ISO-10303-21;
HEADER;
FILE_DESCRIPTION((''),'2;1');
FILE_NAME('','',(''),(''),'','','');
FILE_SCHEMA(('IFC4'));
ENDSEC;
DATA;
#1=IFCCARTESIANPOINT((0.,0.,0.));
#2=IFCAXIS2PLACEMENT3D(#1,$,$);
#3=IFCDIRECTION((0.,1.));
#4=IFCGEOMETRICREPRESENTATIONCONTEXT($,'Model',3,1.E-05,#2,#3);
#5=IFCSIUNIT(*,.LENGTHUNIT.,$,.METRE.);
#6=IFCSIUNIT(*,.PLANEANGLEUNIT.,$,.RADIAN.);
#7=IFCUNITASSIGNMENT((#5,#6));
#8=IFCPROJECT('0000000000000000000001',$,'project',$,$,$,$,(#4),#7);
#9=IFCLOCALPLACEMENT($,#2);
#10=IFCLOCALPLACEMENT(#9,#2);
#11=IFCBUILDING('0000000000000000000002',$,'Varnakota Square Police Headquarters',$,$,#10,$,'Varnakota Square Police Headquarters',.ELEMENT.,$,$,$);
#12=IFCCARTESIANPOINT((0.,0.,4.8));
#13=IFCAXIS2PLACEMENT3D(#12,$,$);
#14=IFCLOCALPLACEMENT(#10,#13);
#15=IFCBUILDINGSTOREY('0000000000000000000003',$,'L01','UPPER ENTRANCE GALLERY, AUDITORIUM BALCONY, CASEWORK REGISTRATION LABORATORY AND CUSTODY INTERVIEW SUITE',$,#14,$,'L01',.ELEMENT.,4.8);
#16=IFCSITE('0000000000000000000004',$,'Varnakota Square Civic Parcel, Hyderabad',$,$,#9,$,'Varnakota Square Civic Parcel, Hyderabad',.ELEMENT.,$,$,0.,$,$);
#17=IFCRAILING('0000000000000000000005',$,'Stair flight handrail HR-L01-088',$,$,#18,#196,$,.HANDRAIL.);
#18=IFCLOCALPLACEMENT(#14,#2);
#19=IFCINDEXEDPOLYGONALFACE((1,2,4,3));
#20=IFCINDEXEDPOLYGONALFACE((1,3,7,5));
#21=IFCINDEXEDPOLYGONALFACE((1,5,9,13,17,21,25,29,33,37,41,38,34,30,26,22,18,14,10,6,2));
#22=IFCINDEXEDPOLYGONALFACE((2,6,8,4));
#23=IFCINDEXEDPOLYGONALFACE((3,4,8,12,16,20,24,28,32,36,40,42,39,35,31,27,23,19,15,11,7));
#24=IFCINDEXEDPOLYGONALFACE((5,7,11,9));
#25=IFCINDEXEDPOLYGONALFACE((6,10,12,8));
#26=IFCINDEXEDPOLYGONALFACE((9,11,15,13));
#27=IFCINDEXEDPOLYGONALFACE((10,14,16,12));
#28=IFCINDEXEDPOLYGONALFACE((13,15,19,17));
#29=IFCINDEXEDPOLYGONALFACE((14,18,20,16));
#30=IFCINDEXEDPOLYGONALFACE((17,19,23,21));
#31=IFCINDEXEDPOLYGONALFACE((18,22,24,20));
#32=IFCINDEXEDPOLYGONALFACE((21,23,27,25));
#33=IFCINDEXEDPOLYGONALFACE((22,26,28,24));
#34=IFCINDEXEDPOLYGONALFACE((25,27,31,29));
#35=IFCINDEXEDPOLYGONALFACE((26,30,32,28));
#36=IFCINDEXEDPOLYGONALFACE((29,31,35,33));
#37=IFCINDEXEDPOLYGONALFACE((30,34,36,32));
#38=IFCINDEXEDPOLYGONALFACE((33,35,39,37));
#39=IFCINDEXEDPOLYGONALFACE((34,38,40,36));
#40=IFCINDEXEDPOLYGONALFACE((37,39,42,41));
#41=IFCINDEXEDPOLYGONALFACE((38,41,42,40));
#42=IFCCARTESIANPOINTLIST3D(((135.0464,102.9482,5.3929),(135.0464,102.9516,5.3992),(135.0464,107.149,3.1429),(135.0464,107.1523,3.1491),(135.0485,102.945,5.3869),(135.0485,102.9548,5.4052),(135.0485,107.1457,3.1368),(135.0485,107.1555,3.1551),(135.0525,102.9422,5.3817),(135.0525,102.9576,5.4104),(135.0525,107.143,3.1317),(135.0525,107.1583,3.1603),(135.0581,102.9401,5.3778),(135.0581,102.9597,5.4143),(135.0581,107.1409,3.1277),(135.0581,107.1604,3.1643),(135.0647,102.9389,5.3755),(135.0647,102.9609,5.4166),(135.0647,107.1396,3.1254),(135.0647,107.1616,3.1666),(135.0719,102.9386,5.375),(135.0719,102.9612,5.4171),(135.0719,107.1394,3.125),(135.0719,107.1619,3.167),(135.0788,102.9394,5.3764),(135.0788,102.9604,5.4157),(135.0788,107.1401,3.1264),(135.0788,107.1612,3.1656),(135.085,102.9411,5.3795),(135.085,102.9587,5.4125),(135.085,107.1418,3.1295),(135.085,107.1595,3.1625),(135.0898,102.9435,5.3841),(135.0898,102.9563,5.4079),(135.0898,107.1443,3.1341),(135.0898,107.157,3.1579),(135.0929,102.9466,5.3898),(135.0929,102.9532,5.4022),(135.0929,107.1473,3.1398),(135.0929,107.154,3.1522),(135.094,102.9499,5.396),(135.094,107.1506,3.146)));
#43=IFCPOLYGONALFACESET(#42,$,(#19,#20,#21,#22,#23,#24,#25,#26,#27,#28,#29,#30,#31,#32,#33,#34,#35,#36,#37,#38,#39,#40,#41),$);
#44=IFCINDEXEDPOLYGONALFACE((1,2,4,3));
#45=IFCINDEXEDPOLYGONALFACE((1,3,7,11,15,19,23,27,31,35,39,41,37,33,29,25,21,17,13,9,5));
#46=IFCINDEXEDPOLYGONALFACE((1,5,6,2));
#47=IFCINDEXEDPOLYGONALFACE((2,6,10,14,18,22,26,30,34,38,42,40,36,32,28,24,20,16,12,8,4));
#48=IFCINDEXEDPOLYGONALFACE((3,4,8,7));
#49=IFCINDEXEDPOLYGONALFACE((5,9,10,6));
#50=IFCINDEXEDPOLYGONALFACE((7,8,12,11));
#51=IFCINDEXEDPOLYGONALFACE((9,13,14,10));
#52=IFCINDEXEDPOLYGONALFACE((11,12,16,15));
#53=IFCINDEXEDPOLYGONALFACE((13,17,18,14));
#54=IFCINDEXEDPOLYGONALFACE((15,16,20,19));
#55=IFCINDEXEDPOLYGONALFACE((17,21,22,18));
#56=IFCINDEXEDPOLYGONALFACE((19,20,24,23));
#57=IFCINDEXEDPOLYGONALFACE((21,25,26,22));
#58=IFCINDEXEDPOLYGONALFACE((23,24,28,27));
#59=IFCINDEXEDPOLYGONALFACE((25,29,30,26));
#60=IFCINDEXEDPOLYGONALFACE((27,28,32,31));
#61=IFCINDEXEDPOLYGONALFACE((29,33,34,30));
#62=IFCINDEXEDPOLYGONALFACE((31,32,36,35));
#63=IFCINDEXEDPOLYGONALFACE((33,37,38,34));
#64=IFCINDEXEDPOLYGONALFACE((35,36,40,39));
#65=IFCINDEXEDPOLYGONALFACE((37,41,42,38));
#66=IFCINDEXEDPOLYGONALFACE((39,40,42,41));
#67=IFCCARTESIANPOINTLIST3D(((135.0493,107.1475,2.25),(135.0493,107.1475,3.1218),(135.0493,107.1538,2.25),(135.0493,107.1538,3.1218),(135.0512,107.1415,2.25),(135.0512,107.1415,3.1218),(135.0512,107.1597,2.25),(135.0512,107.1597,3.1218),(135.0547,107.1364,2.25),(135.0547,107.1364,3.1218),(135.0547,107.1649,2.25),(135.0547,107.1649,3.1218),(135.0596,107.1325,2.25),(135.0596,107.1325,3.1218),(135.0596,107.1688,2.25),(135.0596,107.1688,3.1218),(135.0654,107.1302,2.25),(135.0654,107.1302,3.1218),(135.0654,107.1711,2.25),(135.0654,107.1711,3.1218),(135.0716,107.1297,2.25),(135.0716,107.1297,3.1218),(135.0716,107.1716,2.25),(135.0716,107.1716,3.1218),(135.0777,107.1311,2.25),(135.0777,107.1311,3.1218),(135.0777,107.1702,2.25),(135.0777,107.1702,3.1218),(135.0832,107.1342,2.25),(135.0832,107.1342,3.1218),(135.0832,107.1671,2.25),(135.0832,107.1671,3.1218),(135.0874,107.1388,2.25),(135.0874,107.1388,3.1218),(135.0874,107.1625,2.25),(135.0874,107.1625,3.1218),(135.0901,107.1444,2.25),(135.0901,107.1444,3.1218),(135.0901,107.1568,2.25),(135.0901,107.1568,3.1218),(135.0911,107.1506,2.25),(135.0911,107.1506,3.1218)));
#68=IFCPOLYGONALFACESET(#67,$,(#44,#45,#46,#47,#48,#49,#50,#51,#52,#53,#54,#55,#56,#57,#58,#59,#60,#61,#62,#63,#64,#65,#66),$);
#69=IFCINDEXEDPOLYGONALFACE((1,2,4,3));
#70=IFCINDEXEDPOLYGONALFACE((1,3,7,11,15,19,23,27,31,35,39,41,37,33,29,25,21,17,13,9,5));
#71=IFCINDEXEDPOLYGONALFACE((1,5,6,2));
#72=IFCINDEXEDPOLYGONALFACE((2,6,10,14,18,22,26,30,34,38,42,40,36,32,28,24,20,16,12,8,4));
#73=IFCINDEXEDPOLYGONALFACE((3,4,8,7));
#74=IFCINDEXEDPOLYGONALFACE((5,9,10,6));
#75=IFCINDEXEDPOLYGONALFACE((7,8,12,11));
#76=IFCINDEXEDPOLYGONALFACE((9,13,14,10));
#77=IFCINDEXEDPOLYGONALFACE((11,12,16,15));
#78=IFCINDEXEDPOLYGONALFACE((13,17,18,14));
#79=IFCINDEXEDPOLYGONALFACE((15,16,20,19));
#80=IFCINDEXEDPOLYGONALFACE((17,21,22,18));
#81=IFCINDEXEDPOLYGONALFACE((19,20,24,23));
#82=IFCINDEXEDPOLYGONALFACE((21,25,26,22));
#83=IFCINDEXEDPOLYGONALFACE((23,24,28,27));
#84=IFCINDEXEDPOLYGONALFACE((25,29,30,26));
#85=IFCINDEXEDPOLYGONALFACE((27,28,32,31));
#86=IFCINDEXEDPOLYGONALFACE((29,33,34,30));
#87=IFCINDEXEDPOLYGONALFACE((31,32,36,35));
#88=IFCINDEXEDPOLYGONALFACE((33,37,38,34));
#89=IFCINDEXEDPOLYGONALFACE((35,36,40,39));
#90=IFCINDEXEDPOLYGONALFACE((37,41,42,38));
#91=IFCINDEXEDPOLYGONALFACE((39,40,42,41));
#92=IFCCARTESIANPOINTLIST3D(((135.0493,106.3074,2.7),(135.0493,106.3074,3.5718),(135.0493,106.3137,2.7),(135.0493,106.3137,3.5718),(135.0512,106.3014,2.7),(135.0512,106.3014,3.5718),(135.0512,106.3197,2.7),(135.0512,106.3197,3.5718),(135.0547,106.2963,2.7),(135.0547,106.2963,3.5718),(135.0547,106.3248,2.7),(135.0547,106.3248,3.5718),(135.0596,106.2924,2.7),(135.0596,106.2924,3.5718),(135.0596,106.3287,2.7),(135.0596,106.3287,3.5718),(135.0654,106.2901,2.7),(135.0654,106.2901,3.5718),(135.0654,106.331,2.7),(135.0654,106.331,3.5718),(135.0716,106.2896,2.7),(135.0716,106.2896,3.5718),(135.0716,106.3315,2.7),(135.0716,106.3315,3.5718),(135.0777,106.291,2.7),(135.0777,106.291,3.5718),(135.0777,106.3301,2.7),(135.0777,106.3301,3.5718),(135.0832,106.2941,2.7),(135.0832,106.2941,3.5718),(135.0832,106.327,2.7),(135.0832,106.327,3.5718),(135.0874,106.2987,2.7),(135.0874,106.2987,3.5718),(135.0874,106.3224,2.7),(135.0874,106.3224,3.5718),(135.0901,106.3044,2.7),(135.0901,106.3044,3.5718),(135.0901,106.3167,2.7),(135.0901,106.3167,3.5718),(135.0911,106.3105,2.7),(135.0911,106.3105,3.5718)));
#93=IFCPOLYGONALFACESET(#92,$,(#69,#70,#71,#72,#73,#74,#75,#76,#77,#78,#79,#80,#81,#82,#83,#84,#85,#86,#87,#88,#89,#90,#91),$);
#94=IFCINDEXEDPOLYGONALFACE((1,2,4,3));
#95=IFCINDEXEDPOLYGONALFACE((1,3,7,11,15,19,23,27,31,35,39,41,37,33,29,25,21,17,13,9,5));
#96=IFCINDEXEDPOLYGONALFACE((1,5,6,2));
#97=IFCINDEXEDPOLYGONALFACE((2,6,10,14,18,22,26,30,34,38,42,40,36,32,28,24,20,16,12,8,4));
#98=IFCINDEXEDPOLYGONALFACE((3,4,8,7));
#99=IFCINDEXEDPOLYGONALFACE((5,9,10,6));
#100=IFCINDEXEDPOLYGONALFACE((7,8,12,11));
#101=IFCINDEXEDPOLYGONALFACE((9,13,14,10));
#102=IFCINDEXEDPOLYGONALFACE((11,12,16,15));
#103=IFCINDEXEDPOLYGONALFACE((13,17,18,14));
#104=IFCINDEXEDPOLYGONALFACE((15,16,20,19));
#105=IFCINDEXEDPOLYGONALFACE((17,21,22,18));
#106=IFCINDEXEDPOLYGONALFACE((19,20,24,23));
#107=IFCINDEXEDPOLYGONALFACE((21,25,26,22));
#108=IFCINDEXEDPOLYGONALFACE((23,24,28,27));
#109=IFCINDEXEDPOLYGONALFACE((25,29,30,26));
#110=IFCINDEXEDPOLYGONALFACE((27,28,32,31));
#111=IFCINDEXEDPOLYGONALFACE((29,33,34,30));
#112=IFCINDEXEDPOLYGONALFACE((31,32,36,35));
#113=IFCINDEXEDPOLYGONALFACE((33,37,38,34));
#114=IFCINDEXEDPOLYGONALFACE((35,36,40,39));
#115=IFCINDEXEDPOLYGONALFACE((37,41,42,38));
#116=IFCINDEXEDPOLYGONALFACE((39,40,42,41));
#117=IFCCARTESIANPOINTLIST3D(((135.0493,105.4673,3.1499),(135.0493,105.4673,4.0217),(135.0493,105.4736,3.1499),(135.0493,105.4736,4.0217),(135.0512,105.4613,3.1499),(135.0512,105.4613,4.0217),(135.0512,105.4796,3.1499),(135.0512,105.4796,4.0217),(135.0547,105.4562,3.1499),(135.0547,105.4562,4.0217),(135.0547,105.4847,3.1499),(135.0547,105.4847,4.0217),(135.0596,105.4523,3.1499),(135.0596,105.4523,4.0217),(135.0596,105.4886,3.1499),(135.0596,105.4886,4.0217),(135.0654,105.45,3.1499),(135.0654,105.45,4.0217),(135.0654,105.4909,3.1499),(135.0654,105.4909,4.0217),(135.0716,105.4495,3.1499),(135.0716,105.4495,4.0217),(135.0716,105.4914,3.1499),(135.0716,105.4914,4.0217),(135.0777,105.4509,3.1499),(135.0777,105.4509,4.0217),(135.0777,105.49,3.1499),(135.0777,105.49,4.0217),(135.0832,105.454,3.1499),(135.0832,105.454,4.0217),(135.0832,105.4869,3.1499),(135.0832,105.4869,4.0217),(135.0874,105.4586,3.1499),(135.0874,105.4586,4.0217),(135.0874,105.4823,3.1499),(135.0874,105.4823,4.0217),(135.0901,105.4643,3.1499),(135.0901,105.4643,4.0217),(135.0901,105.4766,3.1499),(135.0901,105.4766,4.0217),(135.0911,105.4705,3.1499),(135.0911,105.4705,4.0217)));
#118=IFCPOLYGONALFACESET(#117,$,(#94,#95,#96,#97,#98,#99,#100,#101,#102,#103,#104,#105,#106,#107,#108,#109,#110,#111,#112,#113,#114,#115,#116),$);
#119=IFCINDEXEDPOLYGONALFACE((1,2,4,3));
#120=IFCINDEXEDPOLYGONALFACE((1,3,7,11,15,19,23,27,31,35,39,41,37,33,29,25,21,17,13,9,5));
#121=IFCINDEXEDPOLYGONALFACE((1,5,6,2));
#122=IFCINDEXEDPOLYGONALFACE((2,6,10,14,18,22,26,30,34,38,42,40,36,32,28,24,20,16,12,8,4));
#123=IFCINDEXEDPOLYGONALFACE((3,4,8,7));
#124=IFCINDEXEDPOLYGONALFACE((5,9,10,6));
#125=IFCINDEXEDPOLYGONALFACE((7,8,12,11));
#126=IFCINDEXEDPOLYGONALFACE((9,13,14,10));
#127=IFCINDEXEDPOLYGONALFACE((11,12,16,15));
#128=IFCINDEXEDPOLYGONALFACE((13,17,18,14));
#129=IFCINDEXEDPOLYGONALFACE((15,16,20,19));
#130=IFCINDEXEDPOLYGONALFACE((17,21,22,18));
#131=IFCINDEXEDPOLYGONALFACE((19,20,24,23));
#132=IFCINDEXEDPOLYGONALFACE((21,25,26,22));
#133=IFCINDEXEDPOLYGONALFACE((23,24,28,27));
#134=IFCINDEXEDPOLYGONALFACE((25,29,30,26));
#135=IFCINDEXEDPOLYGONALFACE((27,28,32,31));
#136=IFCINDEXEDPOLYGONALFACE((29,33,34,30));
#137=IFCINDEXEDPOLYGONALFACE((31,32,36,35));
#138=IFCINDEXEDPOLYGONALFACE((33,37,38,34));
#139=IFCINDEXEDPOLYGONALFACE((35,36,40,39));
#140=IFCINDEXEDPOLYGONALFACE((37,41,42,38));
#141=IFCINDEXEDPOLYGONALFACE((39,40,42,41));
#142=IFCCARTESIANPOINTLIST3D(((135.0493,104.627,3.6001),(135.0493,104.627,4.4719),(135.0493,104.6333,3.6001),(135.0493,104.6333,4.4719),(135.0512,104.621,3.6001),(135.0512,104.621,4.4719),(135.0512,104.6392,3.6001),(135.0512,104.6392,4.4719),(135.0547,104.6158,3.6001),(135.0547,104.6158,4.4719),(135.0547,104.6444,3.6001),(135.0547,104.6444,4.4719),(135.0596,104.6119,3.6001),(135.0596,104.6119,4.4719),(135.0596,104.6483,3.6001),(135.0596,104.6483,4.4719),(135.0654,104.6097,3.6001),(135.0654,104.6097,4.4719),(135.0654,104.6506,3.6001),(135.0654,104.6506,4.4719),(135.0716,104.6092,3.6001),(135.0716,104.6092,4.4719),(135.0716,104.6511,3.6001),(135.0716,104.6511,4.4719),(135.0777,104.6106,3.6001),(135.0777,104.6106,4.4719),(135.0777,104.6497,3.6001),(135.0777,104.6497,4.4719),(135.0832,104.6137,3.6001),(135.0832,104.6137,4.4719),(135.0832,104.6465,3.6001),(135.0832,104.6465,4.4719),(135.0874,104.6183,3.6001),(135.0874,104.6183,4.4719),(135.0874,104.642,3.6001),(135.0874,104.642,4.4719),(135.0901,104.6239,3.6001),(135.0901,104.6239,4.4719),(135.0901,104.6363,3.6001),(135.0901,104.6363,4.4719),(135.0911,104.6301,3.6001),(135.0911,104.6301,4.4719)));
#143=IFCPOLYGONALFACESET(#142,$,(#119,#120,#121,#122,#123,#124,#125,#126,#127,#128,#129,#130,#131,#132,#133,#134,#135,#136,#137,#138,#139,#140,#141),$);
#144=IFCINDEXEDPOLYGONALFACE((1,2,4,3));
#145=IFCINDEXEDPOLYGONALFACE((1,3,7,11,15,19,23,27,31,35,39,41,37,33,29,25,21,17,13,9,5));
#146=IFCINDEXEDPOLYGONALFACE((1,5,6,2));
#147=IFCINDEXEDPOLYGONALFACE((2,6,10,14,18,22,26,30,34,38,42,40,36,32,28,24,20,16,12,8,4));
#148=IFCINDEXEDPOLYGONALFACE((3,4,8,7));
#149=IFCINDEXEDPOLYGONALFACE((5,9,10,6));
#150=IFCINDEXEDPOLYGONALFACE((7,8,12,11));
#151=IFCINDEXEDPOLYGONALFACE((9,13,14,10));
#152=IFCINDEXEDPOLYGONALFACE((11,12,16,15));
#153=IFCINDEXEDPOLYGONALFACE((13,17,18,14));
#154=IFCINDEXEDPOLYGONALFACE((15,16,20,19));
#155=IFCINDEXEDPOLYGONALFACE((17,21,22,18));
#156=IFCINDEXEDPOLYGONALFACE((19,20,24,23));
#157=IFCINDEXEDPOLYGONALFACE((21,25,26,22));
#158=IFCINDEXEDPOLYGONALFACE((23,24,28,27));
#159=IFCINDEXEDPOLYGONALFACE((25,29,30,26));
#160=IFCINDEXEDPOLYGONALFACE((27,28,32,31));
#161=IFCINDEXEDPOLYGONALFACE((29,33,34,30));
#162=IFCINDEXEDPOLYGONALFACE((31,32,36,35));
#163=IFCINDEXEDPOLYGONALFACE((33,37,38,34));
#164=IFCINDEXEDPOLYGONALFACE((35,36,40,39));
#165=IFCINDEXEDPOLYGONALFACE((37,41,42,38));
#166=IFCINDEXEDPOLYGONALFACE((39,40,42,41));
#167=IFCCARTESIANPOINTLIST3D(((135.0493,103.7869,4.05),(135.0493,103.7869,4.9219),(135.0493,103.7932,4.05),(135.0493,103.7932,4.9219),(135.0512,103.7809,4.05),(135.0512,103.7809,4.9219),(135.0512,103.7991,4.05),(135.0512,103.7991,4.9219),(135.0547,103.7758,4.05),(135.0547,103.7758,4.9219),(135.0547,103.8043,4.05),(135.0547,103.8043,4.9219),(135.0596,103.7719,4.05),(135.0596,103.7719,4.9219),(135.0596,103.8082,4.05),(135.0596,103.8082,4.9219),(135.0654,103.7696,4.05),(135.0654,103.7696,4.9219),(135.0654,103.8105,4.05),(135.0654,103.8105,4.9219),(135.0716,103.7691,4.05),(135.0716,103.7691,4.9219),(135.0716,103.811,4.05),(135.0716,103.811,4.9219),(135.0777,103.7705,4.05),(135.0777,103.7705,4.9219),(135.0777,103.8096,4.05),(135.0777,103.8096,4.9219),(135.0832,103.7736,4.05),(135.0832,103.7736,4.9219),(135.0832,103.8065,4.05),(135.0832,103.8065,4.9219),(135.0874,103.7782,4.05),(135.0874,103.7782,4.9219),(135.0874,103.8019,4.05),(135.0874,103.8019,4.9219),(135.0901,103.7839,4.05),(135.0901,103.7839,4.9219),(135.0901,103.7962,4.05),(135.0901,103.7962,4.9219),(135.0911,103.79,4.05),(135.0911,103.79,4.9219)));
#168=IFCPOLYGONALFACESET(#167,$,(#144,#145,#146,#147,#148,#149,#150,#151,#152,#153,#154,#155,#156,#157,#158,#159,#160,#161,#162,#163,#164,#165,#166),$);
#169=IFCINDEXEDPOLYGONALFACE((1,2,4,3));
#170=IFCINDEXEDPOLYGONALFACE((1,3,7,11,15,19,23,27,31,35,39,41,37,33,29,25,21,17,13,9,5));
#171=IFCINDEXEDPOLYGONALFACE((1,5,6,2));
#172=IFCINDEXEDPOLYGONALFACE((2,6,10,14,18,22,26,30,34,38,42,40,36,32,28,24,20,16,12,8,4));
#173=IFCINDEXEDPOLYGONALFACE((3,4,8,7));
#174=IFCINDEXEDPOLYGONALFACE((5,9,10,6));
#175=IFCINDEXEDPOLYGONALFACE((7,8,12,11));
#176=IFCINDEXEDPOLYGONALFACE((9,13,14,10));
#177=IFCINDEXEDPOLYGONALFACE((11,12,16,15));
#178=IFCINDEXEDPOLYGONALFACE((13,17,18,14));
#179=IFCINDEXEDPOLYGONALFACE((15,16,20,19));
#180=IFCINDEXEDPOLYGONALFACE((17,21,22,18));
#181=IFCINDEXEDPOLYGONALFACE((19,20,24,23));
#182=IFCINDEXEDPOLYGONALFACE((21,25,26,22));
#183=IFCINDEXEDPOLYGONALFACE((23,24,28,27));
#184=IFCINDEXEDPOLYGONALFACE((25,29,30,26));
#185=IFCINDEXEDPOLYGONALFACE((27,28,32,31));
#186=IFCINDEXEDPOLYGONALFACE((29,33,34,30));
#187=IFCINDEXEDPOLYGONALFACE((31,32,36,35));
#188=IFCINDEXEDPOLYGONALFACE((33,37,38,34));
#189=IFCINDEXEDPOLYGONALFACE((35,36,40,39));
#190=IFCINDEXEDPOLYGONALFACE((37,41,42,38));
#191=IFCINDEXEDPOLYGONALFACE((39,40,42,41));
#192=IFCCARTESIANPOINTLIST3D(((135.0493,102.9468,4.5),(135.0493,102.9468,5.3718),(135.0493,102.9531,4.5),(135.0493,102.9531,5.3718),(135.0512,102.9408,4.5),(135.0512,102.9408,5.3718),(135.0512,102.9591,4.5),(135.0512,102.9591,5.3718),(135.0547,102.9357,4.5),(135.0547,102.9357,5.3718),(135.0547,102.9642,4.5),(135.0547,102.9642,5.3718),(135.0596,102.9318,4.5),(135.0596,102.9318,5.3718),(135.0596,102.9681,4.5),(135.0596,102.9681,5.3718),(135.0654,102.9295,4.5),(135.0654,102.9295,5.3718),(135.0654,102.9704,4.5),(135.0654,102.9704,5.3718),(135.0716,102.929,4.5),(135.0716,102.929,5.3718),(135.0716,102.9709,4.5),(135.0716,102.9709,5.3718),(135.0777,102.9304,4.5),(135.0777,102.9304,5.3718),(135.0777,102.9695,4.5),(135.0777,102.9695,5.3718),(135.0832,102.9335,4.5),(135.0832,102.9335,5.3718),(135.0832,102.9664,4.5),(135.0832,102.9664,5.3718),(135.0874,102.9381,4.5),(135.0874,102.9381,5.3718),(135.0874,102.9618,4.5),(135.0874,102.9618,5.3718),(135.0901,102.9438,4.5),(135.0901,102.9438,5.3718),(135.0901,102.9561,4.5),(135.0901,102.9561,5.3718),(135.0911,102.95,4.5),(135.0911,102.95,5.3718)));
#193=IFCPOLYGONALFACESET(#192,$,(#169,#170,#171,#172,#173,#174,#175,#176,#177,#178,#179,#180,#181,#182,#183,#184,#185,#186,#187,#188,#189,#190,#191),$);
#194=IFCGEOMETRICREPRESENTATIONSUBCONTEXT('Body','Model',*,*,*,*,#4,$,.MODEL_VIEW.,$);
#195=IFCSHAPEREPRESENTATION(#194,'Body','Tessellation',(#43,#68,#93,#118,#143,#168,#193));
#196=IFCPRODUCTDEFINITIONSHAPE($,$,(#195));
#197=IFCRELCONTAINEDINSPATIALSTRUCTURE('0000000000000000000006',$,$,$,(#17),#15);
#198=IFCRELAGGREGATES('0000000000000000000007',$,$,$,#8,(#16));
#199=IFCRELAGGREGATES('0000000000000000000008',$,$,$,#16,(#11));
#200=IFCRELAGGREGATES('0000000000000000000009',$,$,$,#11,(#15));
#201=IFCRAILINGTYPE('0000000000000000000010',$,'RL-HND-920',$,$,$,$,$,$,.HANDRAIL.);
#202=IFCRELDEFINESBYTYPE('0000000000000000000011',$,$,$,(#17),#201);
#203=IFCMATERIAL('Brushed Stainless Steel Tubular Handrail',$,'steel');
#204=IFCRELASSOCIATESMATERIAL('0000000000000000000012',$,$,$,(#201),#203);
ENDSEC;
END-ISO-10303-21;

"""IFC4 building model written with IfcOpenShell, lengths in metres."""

from ifc_helpers import new_model, si_unit, direction, frame, origin, origin_2d, place, context, subcontext, project, spatial, circle, extrude, material, type_object, element, save


model = new_model("IFC4")

# Units and contexts
model_context = context("Model", 3, precision=1e-05, world=origin(), true_north=direction((0.0, 1.0)))
body_context = subcontext(model_context, "Body", "Model", "MODEL_VIEW")
ifc_project = project(units=[si_unit("LENGTHUNIT", "METRE"), si_unit("PLANEANGLEUNIT", "RADIAN")], contexts=[model_context])

# Site, building, storey
site_placement = place(None, origin())
site = spatial("IfcSite", under=ifc_project, at=site_placement, Name="Varnakota Square Civic Parcel, Hyderabad", LongName="Varnakota Square Civic Parcel, Hyderabad", CompositionType="ELEMENT", RefElevation=0.0)
building_placement = place(site_placement, origin())
building = spatial("IfcBuilding", under=site, at=building_placement, Name="Varnakota Square Police Headquarters", LongName="Varnakota Square Police Headquarters", CompositionType="ELEMENT")
storey_placement = place(building_placement, frame((0.0, 0.0, 4.8)))
storey = spatial("IfcBuildingStorey", under=building, at=storey_placement, Name="L01", Description="UPPER ENTRANCE GALLERY, AUDITORIUM BALCONY, CASEWORK REGISTRATION LABORATORY AND CUSTODY INTERVIEW SUITE", LongName="L01", CompositionType="ELEMENT", Elevation=4.8)

# Railing
ifc_material_1 = material(Name="Brushed Stainless Steel Tubular Handrail", Category="steel")
railing_type_1 = type_object("IfcRailingType", Name="RL-HND-920", PredefinedType="HANDRAIL", material=ifc_material_1)
railing_1_placement = place(storey_placement, frame((135.0701, 107.1506, 2.25)))
element("IfcRailing", 1, at=railing_1_placement, inside=storey, type_object=railing_type_1, Name="Stair flight handrail HR-L01-088", PredefinedType="HANDRAIL", context=body_context, shape_type="SweptSolid", body=[
    extrude(circle(Radius=0.0239, at=origin_2d()), frame((0.0, 0.0, 0.896), z_axis=(0.0, -0.881512, 0.472162), x_axis=(1.0, 0.0, 0.0)), (0.0, 0.0, 1.0), 4.7654),
    extrude(circle(Radius=0.021, at=origin_2d()), origin(), (0.0, 0.0, 1.0), 0.8718),
    extrude(circle(Radius=0.021, at=origin_2d()), frame((0.0, -0.8401, 0.45)), (0.0, 0.0, 1.0), 0.8718),
    extrude(circle(Radius=0.021, at=origin_2d()), frame((0.0, -1.6802, 0.8999)), (0.0, 0.0, 1.0), 0.8718),
    extrude(circle(Radius=0.021, at=origin_2d()), frame((0.0, -2.5205, 1.3501)), (0.0, 0.0, 1.0), 0.8718),
    extrude(circle(Radius=0.021, at=origin_2d()), frame((0.0, -3.3606, 1.8)), (0.0, 0.0, 1.0), 0.8718),
    extrude(circle(Radius=0.021, at=origin_2d()), frame((0.0, -4.2007, 2.25)), (0.0, 0.0, 1.0), 0.8718),
])

save(model, "model.ifc")
